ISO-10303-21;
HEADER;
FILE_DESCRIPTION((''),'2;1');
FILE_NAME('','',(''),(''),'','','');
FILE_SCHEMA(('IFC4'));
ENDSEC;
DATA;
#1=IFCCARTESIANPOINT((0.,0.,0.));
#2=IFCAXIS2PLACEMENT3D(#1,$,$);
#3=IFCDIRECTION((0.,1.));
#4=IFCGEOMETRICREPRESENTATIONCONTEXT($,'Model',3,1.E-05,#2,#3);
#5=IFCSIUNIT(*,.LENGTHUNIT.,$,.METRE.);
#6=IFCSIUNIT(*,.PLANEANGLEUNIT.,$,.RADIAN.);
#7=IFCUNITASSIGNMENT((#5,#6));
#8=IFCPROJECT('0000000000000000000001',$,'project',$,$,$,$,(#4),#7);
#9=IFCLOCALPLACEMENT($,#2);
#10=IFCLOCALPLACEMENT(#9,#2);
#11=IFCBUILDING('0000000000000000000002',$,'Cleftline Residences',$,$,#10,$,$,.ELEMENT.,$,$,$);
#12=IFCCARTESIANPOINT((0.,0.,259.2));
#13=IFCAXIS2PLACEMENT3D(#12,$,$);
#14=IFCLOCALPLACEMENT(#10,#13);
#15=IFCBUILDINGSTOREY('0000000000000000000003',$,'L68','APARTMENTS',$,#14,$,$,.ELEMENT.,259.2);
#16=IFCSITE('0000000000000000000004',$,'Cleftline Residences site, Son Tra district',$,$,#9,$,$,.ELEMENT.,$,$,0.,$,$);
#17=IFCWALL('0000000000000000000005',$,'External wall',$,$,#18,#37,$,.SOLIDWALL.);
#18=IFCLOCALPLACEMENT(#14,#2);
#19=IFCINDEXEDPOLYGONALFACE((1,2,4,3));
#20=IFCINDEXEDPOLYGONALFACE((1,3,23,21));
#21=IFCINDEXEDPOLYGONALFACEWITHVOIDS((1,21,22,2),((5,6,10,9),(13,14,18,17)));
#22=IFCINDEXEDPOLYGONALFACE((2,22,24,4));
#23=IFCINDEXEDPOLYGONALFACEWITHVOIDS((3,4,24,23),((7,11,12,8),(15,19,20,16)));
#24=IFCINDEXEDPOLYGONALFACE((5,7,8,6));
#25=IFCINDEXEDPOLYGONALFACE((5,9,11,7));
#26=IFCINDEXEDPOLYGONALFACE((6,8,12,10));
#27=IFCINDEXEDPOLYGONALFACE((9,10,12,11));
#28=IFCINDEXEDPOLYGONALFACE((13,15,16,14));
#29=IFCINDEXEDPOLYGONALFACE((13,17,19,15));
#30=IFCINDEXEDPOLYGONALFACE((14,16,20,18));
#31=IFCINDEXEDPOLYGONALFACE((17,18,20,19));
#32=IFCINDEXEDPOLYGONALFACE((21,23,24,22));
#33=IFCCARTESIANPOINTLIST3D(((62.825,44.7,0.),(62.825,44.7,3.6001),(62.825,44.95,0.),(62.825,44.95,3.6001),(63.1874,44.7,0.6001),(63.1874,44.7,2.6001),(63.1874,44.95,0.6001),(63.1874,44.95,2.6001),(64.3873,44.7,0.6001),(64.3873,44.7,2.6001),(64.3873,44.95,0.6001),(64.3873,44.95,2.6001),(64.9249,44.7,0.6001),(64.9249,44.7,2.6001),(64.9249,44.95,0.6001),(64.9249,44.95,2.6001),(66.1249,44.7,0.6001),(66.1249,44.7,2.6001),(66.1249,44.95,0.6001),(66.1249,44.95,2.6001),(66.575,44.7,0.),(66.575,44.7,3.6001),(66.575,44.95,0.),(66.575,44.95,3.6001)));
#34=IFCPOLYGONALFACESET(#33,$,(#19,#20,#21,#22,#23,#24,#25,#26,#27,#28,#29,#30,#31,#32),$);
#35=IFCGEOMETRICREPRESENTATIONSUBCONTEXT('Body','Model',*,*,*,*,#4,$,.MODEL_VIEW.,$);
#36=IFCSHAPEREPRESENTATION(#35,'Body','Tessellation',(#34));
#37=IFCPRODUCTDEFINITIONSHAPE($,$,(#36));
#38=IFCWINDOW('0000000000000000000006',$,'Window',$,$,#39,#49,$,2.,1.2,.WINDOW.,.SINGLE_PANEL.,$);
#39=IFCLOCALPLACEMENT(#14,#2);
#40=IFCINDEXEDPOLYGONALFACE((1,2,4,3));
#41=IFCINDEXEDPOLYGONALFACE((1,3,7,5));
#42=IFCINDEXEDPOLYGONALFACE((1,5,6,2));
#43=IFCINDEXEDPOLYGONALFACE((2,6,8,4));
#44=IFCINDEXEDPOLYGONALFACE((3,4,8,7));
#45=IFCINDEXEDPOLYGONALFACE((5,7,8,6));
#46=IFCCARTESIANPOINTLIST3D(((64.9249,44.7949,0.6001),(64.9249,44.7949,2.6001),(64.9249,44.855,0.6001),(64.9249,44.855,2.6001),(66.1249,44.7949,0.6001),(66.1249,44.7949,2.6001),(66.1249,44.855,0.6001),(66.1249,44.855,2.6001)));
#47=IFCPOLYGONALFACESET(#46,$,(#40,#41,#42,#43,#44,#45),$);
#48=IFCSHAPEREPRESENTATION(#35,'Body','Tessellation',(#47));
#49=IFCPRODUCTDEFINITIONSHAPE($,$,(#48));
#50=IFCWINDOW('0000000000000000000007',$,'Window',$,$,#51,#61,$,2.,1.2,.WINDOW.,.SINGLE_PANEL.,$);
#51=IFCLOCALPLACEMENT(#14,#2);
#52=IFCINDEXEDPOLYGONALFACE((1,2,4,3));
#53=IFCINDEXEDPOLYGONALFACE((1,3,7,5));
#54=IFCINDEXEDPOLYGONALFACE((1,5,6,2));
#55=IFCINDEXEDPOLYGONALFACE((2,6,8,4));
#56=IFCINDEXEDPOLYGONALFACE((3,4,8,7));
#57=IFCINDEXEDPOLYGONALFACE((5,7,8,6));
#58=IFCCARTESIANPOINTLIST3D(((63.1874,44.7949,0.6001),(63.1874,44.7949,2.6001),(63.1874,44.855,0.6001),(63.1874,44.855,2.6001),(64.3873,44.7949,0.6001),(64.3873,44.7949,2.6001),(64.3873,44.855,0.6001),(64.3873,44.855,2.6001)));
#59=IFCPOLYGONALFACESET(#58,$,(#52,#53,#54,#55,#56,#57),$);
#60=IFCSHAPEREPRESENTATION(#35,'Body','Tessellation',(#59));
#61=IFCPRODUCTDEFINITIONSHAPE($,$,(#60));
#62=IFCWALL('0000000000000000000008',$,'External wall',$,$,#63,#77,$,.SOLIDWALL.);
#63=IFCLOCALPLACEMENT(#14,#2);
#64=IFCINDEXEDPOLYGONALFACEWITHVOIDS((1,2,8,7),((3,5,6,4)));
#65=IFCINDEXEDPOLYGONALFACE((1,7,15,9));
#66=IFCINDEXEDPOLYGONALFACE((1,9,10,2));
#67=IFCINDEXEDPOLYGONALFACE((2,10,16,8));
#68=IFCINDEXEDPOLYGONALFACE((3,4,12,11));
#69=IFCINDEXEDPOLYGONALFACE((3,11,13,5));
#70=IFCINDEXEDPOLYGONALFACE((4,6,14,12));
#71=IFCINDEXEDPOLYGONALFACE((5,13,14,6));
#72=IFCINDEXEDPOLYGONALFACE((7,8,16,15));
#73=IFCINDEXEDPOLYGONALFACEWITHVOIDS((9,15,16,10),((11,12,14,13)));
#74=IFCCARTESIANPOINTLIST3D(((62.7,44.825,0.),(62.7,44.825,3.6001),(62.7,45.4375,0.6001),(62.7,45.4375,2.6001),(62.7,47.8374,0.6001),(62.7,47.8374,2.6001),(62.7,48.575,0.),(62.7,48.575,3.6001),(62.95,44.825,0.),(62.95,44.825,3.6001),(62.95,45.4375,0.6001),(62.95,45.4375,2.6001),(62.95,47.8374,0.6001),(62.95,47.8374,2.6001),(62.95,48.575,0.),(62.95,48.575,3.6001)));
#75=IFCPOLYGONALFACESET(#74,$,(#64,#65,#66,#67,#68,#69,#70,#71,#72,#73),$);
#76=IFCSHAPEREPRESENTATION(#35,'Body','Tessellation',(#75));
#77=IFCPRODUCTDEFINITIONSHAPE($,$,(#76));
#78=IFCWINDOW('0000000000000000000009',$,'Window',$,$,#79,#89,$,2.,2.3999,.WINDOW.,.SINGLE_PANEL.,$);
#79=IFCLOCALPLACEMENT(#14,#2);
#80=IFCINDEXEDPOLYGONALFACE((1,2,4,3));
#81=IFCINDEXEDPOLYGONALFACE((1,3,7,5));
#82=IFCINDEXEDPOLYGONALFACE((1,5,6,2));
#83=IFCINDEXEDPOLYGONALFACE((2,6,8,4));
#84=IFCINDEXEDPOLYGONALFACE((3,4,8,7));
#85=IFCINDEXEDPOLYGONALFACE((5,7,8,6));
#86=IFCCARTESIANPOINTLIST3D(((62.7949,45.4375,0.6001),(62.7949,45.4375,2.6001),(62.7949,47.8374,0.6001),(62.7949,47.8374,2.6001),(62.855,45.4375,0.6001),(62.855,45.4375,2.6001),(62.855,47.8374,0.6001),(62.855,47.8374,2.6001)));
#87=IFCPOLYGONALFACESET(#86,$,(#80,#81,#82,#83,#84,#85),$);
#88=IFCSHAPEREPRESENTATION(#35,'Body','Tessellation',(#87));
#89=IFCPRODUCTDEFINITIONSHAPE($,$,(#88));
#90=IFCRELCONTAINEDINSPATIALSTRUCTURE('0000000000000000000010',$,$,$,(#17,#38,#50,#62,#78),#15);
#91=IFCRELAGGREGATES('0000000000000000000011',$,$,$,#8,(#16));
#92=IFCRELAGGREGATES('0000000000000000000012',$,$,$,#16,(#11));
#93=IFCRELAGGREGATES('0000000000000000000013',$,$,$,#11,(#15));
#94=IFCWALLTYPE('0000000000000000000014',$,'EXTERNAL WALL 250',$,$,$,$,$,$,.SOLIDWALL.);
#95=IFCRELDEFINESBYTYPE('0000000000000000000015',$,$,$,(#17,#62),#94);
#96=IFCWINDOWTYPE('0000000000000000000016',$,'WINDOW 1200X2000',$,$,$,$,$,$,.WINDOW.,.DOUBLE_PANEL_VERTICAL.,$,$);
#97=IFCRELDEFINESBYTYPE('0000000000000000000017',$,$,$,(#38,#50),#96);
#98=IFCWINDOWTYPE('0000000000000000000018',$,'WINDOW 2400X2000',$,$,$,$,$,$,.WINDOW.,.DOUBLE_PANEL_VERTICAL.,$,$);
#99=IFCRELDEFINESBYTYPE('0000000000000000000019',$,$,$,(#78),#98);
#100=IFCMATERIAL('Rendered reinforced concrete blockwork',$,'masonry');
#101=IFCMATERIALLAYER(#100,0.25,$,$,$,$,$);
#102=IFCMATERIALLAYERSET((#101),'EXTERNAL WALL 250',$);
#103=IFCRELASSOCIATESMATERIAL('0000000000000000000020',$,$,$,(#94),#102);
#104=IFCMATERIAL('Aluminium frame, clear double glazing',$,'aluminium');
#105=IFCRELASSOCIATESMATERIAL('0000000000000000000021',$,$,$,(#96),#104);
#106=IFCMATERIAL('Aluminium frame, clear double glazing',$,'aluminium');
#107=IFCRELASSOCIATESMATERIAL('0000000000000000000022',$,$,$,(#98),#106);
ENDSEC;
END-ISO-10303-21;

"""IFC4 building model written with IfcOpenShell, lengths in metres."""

from ifc_helpers import new_model, si_unit, direction, frame, frame_2d, origin, place, context, subcontext, project, spatial, rectangle, extrude, material, layer, layer_set, type_object, element, fill, save


model = new_model("IFC4")

# Units and contexts
model_context = context("Model", 3, precision=1e-05, world=origin(), true_north=direction((0.0, 1.0)))
body_context = subcontext(model_context, "Body", "Model", "MODEL_VIEW")
ifc_project = project(units=[si_unit("LENGTHUNIT", "METRE"), si_unit("PLANEANGLEUNIT", "RADIAN")], contexts=[model_context])

# Site, building, storey
site_placement = place(None, origin())
site = spatial("IfcSite", under=ifc_project, at=site_placement, Name="Cleftline Residences site, Son Tra district", CompositionType="ELEMENT", RefElevation=0.0)
building_placement = place(site_placement, origin())
building = spatial("IfcBuilding", under=site, at=building_placement, Name="Cleftline Residences", CompositionType="ELEMENT")
storey_placement = place(building_placement, frame((0.0, 0.0, 259.2)))
storey = spatial("IfcBuildingStorey", under=building, at=storey_placement, Name="L68", Description="APARTMENTS", CompositionType="ELEMENT", Elevation=259.2)

# Wall, openings, windows
ifc_material_1 = material(Name="Rendered reinforced concrete blockwork", Category="masonry")
ifc_layer_1 = layer(ifc_material_1, 0.25)
ifc_layer_set_1 = layer_set([ifc_layer_1], Name="EXTERNAL WALL 250")
wall_type_1 = type_object("IfcWallType", Name="EXTERNAL WALL 250", PredefinedType="SOLIDWALL", material=ifc_layer_set_1)
wall_1_placement = place(storey_placement, frame((66.575, 44.825, 0.0), z_axis=(0.0, 0.0, 1.0), x_axis=(-1.0, 0.0, 0.0)))
wall_1 = element("IfcWall", 1, at=wall_1_placement, inside=storey, type_object=wall_type_1, Name="External wall", PredefinedType="SOLIDWALL", context=body_context, shape_type="SweptSolid", body=[
    extrude(rectangle(XDim=3.75, YDim=0.25, at=frame_2d((1.875, 0.0))), origin(), (0.0, 0.0, 1.0), 3.6001),
])
opening_1_placement = place(wall_1_placement, frame((0.45, 0.0, 0.6001)))
opening_1 = element("IfcOpeningElement", 2, at=opening_1_placement, cuts=wall_1, PredefinedType="OPENING", context=body_context, shape_type="SweptSolid", body=[
    extrude(rectangle(XDim=1.2, YDim=2.0, at=frame_2d((0.6001, 1.0))), frame((0.0, 0.135, 0.0), z_axis=(0.0, -1.0, 0.0), x_axis=(1.0, 0.0, 0.0)), (0.0, 0.0, 1.0), 0.27),
])
opening_2_placement = place(wall_1_placement, frame((2.1875, 0.0, 0.6001)))
opening_2 = element("IfcOpeningElement", 3, at=opening_2_placement, cuts=wall_1, PredefinedType="OPENING", context=body_context, shape_type="SweptSolid", body=[
    extrude(rectangle(XDim=1.2, YDim=2.0, at=frame_2d((0.6001, 1.0))), frame((0.0, 0.135, 0.0), z_axis=(0.0, -1.0, 0.0), x_axis=(1.0, 0.0, 0.0)), (0.0, 0.0, 1.0), 0.27),
])
ifc_material_2 = material(Name="Aluminium frame, clear double glazing", Category="aluminium")
window_type_1 = type_object("IfcWindowType", Name="WINDOW 1200X2000", PartitioningType="DOUBLE_PANEL_VERTICAL", PredefinedType="WINDOW", material=ifc_material_2)
window_1_placement = place(opening_1_placement, origin())
window_1 = element("IfcWindow", 4, at=window_1_placement, inside=storey, type_object=window_type_1, Name="Window", OverallHeight=2.0, OverallWidth=1.2, PartitioningType="SINGLE_PANEL", PredefinedType="WINDOW", context=body_context, shape_type="SweptSolid", body=[
    extrude(rectangle(XDim=1.2, YDim=2.0, at=frame_2d((0.6001, 1.0))), frame((0.0, 0.03, 0.0), z_axis=(0.0, -1.0, 0.0), x_axis=(1.0, 0.0, 0.0)), (0.0, 0.0, 1.0), 0.0601),
])
fill(opening_1, window_1)
window_2_placement = place(opening_2_placement, origin())
window_2 = element("IfcWindow", 5, at=window_2_placement, inside=storey, type_object=window_type_1, Name="Window", OverallHeight=2.0, OverallWidth=1.2, PartitioningType="SINGLE_PANEL", PredefinedType="WINDOW", context=body_context, shape_type="SweptSolid", body=[
    extrude(rectangle(XDim=1.2, YDim=2.0, at=frame_2d((0.6001, 1.0))), frame((0.0, 0.03, 0.0), z_axis=(0.0, -1.0, 0.0), x_axis=(1.0, 0.0, 0.0)), (0.0, 0.0, 1.0), 0.0601),
])
fill(opening_2, window_2)

# Wall, opening, window
wall_2_placement = place(storey_placement, frame((62.825, 44.825, 0.0), z_axis=(0.0, 0.0, 1.0), x_axis=(0.0, 1.0, 0.0)))
wall_2 = element("IfcWall", 6, at=wall_2_placement, inside=storey, type_object=wall_type_1, Name="External wall", PredefinedType="SOLIDWALL", context=body_context, shape_type="SweptSolid", body=[
    extrude(rectangle(XDim=3.75, YDim=0.25, at=frame_2d((1.875, 0.0))), origin(), (0.0, 0.0, 1.0), 3.6001),
])
opening_3_placement = place(wall_2_placement, frame((0.6125, 0.0, 0.6001)))
opening_3 = element("IfcOpeningElement", 7, at=opening_3_placement, cuts=wall_2, PredefinedType="OPENING", context=body_context, shape_type="SweptSolid", body=[
    extrude(rectangle(XDim=2.3999, YDim=2.0, at=frame_2d((1.2, 1.0))), frame((0.0, 0.135, 0.0), z_axis=(0.0, -1.0, 0.0), x_axis=(1.0, 0.0, 0.0)), (0.0, 0.0, 1.0), 0.27),
])
ifc_material_3 = material(Name="Aluminium frame, clear double glazing", Category="aluminium")
window_type_2 = type_object("IfcWindowType", Name="WINDOW 2400X2000", PartitioningType="DOUBLE_PANEL_VERTICAL", PredefinedType="WINDOW", material=ifc_material_3)
window_3_placement = place(opening_3_placement, origin())
window_3 = element("IfcWindow", 8, at=window_3_placement, inside=storey, type_object=window_type_2, Name="Window", OverallHeight=2.0, OverallWidth=2.3999, PartitioningType="SINGLE_PANEL", PredefinedType="WINDOW", context=body_context, shape_type="SweptSolid", body=[
    extrude(rectangle(XDim=2.3999, YDim=2.0, at=frame_2d((1.2, 1.0))), frame((0.0, 0.03, 0.0), z_axis=(0.0, -1.0, 0.0), x_axis=(1.0, 0.0, 0.0)), (0.0, 0.0, 1.0), 0.0601),
])
fill(opening_3, window_3)

save(model, "model.ifc")
